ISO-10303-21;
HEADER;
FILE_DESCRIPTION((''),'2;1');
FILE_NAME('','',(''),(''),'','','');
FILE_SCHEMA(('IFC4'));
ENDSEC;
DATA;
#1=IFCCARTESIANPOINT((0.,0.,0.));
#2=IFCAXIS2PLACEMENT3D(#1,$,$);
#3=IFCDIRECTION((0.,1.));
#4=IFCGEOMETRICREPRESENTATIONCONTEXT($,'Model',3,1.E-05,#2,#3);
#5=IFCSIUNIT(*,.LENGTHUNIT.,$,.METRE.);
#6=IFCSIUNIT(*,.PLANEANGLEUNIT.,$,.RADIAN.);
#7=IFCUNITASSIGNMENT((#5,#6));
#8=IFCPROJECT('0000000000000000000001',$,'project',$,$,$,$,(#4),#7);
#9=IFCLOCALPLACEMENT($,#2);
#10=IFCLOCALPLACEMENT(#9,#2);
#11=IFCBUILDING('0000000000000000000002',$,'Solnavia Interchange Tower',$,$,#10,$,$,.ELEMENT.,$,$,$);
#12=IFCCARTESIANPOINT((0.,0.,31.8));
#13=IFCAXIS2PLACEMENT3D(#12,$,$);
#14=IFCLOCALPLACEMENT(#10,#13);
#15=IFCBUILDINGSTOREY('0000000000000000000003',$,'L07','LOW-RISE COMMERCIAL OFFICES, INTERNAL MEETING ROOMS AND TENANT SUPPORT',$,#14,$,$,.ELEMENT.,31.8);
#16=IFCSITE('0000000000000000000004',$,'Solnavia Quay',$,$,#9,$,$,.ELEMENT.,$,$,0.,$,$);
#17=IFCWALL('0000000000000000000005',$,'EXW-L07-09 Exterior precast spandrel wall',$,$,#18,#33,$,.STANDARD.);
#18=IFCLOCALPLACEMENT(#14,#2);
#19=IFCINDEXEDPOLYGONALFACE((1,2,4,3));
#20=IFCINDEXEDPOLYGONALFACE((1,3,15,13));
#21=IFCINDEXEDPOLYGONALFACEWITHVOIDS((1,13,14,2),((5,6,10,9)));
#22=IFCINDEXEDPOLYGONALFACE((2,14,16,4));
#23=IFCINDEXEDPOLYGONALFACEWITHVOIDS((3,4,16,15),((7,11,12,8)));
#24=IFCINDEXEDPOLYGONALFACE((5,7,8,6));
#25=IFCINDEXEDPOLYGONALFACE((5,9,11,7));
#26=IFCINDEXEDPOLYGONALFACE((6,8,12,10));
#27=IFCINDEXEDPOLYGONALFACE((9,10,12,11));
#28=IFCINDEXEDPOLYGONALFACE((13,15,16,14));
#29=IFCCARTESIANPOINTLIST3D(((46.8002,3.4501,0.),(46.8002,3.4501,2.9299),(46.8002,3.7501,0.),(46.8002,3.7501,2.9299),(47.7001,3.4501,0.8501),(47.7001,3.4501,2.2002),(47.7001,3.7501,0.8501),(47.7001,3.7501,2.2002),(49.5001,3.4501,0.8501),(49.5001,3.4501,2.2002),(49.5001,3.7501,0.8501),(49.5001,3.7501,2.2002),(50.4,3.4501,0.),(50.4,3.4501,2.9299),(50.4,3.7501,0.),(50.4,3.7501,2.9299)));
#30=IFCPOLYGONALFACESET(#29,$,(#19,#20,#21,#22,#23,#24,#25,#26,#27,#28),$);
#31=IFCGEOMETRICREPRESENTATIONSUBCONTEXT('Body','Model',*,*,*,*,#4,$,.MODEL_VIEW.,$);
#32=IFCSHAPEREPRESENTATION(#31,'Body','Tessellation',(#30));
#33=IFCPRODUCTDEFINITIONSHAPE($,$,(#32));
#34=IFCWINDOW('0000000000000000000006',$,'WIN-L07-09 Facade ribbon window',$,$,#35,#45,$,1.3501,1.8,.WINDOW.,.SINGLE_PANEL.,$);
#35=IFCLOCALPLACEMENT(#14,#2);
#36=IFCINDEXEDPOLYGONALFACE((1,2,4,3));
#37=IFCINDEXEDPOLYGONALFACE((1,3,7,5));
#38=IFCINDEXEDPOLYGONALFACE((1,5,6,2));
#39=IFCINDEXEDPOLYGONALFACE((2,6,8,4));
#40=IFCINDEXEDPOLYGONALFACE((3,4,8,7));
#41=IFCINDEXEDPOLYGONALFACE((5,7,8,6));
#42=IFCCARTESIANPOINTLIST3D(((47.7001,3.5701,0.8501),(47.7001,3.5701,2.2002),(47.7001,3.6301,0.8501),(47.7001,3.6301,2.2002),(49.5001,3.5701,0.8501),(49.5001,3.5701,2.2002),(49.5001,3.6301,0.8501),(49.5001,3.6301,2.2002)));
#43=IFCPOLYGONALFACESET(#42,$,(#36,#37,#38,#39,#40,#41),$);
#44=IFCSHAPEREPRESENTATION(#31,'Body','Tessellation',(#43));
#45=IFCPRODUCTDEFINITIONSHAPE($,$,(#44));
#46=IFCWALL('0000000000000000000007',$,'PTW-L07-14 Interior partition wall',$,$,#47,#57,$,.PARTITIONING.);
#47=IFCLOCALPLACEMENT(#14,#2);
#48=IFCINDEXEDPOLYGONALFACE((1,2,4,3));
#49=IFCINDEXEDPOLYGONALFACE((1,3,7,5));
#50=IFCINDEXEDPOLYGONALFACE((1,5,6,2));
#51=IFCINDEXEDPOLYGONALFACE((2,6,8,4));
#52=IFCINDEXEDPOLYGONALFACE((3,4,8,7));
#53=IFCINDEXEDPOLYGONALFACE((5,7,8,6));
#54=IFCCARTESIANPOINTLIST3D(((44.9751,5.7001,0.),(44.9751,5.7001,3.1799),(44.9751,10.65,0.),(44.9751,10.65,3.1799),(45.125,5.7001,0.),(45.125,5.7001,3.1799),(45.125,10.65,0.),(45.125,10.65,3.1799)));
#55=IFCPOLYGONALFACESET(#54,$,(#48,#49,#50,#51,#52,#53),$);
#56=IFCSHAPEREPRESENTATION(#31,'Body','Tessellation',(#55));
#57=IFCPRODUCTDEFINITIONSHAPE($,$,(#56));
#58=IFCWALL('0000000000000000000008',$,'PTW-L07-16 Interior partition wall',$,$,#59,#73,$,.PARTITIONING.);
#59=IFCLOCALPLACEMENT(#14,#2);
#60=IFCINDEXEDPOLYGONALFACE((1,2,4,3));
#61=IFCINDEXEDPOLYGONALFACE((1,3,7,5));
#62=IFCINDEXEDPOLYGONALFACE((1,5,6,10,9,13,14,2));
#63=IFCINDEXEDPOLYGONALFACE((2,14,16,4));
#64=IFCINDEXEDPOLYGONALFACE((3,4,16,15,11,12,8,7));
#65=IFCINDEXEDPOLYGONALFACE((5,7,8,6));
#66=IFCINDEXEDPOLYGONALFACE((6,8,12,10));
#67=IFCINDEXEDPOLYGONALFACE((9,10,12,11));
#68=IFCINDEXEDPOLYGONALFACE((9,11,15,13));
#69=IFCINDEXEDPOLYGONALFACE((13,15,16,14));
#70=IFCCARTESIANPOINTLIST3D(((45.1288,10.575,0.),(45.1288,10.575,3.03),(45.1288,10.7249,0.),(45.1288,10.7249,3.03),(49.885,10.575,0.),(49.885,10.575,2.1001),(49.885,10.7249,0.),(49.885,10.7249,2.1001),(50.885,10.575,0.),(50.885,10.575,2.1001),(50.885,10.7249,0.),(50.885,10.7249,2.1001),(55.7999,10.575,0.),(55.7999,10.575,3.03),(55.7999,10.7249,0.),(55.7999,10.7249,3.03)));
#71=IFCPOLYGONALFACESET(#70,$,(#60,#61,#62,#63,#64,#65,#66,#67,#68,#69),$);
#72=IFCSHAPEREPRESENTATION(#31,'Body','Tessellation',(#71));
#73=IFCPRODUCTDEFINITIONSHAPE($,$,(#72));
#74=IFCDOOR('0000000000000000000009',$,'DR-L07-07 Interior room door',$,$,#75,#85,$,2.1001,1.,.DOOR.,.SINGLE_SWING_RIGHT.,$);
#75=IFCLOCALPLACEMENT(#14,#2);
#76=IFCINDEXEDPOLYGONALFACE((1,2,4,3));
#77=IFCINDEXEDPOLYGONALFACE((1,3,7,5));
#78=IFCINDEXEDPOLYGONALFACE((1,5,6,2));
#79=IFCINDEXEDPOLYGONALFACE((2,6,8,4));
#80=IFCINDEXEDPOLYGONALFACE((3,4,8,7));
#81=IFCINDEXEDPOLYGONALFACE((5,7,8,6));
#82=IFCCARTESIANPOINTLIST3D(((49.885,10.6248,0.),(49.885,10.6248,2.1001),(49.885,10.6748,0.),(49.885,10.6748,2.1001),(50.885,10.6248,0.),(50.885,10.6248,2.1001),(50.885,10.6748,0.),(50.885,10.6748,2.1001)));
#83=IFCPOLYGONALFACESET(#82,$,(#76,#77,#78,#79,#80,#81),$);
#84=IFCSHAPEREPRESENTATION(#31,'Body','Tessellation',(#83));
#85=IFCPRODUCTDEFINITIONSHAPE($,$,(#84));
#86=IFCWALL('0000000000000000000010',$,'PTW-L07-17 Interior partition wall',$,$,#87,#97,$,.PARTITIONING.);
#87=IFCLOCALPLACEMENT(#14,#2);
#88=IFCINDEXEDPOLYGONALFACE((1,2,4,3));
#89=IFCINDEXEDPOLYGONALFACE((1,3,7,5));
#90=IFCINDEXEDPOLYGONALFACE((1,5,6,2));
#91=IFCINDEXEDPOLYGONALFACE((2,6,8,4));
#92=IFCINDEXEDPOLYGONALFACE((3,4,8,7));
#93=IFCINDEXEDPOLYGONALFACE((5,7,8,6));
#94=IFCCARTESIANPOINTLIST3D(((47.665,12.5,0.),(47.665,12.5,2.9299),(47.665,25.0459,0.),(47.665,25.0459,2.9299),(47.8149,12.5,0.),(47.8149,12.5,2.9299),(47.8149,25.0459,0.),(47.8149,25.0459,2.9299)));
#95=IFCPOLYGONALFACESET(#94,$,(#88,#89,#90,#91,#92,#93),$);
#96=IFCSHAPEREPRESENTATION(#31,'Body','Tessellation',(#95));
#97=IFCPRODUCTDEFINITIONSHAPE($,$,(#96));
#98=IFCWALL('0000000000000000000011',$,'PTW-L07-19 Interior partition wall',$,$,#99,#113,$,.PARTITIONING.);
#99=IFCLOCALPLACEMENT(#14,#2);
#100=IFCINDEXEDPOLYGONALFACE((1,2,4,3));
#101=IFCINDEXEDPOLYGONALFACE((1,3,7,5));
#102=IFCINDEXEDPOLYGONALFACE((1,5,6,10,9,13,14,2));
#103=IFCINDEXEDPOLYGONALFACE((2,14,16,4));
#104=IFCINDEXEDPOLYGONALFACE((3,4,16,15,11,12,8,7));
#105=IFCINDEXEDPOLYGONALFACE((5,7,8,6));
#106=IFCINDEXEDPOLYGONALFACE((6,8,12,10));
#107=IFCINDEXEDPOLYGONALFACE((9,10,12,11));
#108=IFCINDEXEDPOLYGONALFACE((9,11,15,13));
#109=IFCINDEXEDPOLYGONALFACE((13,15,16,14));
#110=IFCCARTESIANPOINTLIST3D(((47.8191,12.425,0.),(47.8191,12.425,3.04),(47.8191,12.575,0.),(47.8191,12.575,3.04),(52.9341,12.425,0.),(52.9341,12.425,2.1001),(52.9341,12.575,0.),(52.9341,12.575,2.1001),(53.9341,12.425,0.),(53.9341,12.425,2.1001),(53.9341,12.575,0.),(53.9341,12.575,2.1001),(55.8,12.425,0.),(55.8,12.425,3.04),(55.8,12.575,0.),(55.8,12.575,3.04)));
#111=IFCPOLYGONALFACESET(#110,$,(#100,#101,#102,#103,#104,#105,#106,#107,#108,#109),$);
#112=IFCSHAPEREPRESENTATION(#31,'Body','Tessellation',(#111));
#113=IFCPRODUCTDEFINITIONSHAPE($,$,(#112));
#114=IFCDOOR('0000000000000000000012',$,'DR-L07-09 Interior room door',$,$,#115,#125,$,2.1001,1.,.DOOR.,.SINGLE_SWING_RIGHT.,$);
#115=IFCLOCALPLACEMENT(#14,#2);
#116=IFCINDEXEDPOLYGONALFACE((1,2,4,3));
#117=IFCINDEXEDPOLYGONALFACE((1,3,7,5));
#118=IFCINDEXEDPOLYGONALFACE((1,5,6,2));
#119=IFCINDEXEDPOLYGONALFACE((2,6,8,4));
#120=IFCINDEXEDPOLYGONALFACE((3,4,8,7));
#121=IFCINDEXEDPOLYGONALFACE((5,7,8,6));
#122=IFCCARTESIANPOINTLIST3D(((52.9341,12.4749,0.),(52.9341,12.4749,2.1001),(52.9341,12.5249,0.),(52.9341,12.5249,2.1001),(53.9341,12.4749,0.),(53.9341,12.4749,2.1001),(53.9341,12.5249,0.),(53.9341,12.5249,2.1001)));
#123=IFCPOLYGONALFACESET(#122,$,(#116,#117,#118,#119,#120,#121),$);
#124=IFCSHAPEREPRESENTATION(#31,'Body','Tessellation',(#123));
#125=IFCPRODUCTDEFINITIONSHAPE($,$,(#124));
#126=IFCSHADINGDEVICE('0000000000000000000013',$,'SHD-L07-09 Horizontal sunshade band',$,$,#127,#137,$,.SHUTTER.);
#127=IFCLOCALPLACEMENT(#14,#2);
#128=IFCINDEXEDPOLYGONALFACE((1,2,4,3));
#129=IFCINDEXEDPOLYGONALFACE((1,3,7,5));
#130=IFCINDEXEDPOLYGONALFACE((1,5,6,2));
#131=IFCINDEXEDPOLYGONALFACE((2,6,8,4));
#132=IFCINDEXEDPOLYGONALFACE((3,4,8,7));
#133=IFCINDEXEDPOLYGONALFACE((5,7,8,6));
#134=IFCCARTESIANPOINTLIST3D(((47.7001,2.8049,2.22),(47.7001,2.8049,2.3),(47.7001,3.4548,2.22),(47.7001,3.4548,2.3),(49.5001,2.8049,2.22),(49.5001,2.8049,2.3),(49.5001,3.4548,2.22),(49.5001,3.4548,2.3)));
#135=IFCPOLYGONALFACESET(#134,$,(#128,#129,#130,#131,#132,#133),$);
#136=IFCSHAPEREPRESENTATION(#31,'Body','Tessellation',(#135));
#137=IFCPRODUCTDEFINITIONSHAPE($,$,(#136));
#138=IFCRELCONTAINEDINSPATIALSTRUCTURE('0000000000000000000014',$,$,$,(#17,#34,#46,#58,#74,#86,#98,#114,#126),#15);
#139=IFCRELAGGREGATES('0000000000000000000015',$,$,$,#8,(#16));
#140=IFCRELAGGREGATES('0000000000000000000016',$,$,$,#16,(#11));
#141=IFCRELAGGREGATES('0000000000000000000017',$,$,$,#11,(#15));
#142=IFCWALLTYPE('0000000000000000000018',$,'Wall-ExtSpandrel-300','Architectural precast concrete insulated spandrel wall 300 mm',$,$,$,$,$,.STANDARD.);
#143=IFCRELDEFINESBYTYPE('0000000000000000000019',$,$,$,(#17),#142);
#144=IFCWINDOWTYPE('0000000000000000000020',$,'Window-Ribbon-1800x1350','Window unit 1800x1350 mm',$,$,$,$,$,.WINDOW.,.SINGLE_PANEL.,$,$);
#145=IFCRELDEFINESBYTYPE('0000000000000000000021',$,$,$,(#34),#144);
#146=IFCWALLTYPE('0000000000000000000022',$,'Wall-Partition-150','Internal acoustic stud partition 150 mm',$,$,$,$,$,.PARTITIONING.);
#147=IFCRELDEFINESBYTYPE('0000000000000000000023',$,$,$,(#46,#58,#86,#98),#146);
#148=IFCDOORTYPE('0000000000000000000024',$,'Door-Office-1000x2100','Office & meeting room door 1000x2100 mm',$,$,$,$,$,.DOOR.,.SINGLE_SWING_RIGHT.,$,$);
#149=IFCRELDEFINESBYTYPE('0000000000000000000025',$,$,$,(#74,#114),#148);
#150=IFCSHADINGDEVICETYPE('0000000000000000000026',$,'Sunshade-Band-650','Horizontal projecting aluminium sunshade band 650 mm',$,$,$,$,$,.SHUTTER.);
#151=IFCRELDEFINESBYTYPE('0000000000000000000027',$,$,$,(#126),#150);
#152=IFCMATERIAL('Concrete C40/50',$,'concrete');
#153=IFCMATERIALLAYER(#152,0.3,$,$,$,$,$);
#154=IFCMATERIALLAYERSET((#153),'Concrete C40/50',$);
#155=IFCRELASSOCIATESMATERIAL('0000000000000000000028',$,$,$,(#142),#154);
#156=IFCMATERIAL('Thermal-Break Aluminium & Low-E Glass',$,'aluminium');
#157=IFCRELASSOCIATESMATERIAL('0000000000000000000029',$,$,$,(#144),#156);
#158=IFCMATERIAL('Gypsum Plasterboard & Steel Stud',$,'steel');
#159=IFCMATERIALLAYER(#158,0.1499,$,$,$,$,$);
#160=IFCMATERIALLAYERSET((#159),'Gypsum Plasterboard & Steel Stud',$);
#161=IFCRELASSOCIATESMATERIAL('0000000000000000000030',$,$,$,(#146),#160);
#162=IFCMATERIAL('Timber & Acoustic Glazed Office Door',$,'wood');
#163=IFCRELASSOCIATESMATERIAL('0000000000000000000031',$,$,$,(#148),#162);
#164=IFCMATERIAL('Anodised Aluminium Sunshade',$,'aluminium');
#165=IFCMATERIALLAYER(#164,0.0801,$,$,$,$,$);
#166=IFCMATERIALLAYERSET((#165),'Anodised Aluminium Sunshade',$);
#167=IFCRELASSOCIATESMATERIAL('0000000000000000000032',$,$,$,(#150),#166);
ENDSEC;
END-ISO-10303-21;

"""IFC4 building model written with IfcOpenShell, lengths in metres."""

from ifc_helpers import new_model, si_unit, direction, frame, frame_2d, origin, origin_2d, place, context, subcontext, project, spatial, rectangle, extrude, material, layer, layer_set, type_object, element, fill, save


model = new_model("IFC4")

# Units and contexts
model_context = context("Model", 3, precision=1e-05, world=origin(), true_north=direction((0.0, 1.0)))
body_context = subcontext(model_context, "Body", "Model", "MODEL_VIEW")
ifc_project = project(units=[si_unit("LENGTHUNIT", "METRE"), si_unit("PLANEANGLEUNIT", "RADIAN")], contexts=[model_context])

# Site, building, storey
site_placement = place(None, origin())
site = spatial("IfcSite", under=ifc_project, at=site_placement, Name="Solnavia Quay", CompositionType="ELEMENT", RefElevation=0.0)
building_placement = place(site_placement, origin())
building = spatial("IfcBuilding", under=site, at=building_placement, Name="Solnavia Interchange Tower", CompositionType="ELEMENT")
storey_placement = place(building_placement, frame((0.0, 0.0, 31.8)))
storey = spatial("IfcBuildingStorey", under=building, at=storey_placement, Name="L07", Description="LOW-RISE COMMERCIAL OFFICES, INTERNAL MEETING ROOMS AND TENANT SUPPORT", CompositionType="ELEMENT", Elevation=31.8)

# Wall, opening, window
ifc_material_1 = material(Name="Concrete C40/50", Category="concrete")
ifc_layer_1 = layer(ifc_material_1, 0.3)
ifc_layer_set_1 = layer_set([ifc_layer_1], Name="Concrete C40/50")
wall_type_1 = type_object("IfcWallType", Name="Wall-ExtSpandrel-300", Description="Architectural precast concrete insulated spandrel wall 300 mm", PredefinedType="STANDARD", material=ifc_layer_set_1)
ifc_material_2 = material(Name="Thermal-Break Aluminium & Low-E Glass", Category="aluminium")
window_type = type_object("IfcWindowType", Name="Window-Ribbon-1800x1350", Description="Window unit 1800x1350 mm", PartitioningType="SINGLE_PANEL", PredefinedType="WINDOW", material=ifc_material_2)
wall_1_placement = place(storey_placement, frame((50.3999, 3.6001, 0.0), z_axis=(0.0, 0.0, 1.0), x_axis=(-1.0, 0.0, 0.0)))
wall_1 = element("IfcWall", 1, at=wall_1_placement, inside=storey, type_object=wall_type_1, Name="EXW-L07-09 Exterior precast spandrel wall", PredefinedType="STANDARD", context=body_context, shape_type="SweptSolid", body=[
    extrude(rectangle(XDim=3.5999, YDim=0.3, at=frame_2d((1.7998, 0.0))), origin(), (0.0, 0.0, 1.0), 2.9299),
])
opening_1_placement = place(wall_1_placement, frame((0.8999, 0.0, 0.8501)))
opening_1 = element("IfcOpeningElement", 2, at=opening_1_placement, cuts=wall_1, PredefinedType="OPENING", context=body_context, shape_type="SweptSolid", body=[
    extrude(rectangle(XDim=1.8, YDim=1.3501, at=frame_2d((0.8999, 0.675))), frame((0.0, 0.1602, 0.0), z_axis=(0.0, -1.0, 0.0), x_axis=(1.0, 0.0, 0.0)), (0.0, 0.0, 1.0), 0.3201),
])
window_1_placement = place(opening_1_placement, origin())
window_1 = element("IfcWindow", 3, at=window_1_placement, inside=storey, type_object=window_type, Name="WIN-L07-09 Facade ribbon window", OverallHeight=1.3501, OverallWidth=1.8, PartitioningType="SINGLE_PANEL", PredefinedType="WINDOW", context=body_context, shape_type="SweptSolid", body=[
    extrude(rectangle(XDim=1.8, YDim=1.3501, at=frame_2d((0.8999, 0.675))), frame((0.0, 0.03, 0.0), z_axis=(0.0, -1.0, 0.0), x_axis=(1.0, 0.0, 0.0)), (0.0, 0.0, 1.0), 0.0601),
])
fill(opening_1, window_1)

# Wall
ifc_material_3 = material(Name="Gypsum Plasterboard & Steel Stud", Category="steel")
ifc_layer_2 = layer(ifc_material_3, 0.1499)
ifc_layer_set_2 = layer_set([ifc_layer_2], Name="Gypsum Plasterboard & Steel Stud")
wall_type_2 = type_object("IfcWallType", Name="Wall-Partition-150", Description="Internal acoustic stud partition 150 mm", PredefinedType="PARTITIONING", material=ifc_layer_set_2)
wall_2_placement = place(storey_placement, frame((45.05, 5.7, 0.0), z_axis=(0.0, 0.0, 1.0), x_axis=(0.0, 1.0, 0.0)))
element("IfcWall", 4, at=wall_2_placement, inside=storey, type_object=wall_type_2, Name="PTW-L07-14 Interior partition wall", PredefinedType="PARTITIONING", context=body_context, shape_type="SweptSolid", body=[
    extrude(rectangle(XDim=4.95, YDim=0.1499, at=frame_2d((2.4751, 0.0))), origin(), (0.0, 0.0, 1.0), 3.1799),
])

# Wall, opening, door
wall_3_placement = place(storey_placement, frame((45.1289, 10.6499, 0.0), z_axis=(0.0, 0.0, 1.0), x_axis=(1.0, 0.0, 0.0)))
wall_3 = element("IfcWall", 5, at=wall_3_placement, inside=storey, type_object=wall_type_2, Name="PTW-L07-16 Interior partition wall", PredefinedType="PARTITIONING", context=body_context, shape_type="SweptSolid", body=[
    extrude(rectangle(XDim=10.6711, YDim=0.1499, at=frame_2d((5.3354, 0.0))), origin(), (0.0, 0.0, 1.0), 3.03),
])
opening_2_placement = place(wall_3_placement, frame((4.7561, 0.0, 0.0)))
opening_2 = element("IfcOpeningElement", 6, at=opening_2_placement, cuts=wall_3, PredefinedType="OPENING", context=body_context, shape_type="SweptSolid", body=[
    extrude(rectangle(XDim=1.0, YDim=2.1001, at=frame_2d((0.5, 1.05))), frame((0.0, 0.085, 0.0), z_axis=(0.0, -1.0, 0.0), x_axis=(1.0, 0.0, 0.0)), (0.0, 0.0, 1.0), 0.1699),
])
ifc_material_4 = material(Name="Timber & Acoustic Glazed Office Door", Category="wood")
door_type = type_object("IfcDoorType", Name="Door-Office-1000x2100", Description="Office & meeting room door 1000x2100 mm", OperationType="SINGLE_SWING_RIGHT", PredefinedType="DOOR", material=ifc_material_4)
door_1_placement = place(opening_2_placement, origin())
door_1 = element("IfcDoor", 7, at=door_1_placement, inside=storey, type_object=door_type, Name="DR-L07-07 Interior room door", OperationType="SINGLE_SWING_RIGHT", OverallHeight=2.1001, OverallWidth=1.0, PredefinedType="DOOR", context=body_context, shape_type="SweptSolid", body=[
    extrude(rectangle(XDim=1.0, YDim=2.1001, at=frame_2d((0.5, 1.05))), frame((0.0, 0.0249, 0.0), z_axis=(0.0, -1.0, 0.0), x_axis=(1.0, 0.0, 0.0)), (0.0, 0.0, 1.0), 0.05),
])
fill(opening_2, door_1)

# Wall
wall_4_placement = place(storey_placement, frame((47.74, 12.5, 0.0), z_axis=(0.0, 0.0, 1.0), x_axis=(0.0, 1.0, 0.0)))
element("IfcWall", 8, at=wall_4_placement, inside=storey, type_object=wall_type_2, Name="PTW-L07-17 Interior partition wall", PredefinedType="PARTITIONING", context=body_context, shape_type="SweptSolid", body=[
    extrude(rectangle(XDim=12.5459, YDim=0.1499, at=frame_2d((6.2729, 0.0))), origin(), (0.0, 0.0, 1.0), 2.9299),
])

# Wall, opening, door
wall_5_placement = place(storey_placement, frame((47.8191, 12.5, 0.0), z_axis=(0.0, 0.0, 1.0), x_axis=(1.0, 0.0, 0.0)))
wall_5 = element("IfcWall", 9, at=wall_5_placement, inside=storey, type_object=wall_type_2, Name="PTW-L07-19 Interior partition wall", PredefinedType="PARTITIONING", context=body_context, shape_type="SweptSolid", body=[
    extrude(rectangle(XDim=7.981, YDim=0.1499, at=frame_2d((3.9905, 0.0))), origin(), (0.0, 0.0, 1.0), 3.04),
])
opening_3_placement = place(wall_5_placement, frame((5.115, 0.0, 0.0)))
opening_3 = element("IfcOpeningElement", 10, at=opening_3_placement, cuts=wall_5, PredefinedType="OPENING", context=body_context, shape_type="SweptSolid", body=[
    extrude(rectangle(XDim=1.0, YDim=2.1001, at=frame_2d((0.5, 1.05))), frame((0.0, 0.085, 0.0), z_axis=(0.0, -1.0, 0.0), x_axis=(1.0, 0.0, 0.0)), (0.0, 0.0, 1.0), 0.1699),
])
door_2_placement = place(opening_3_placement, origin())
door_2 = element("IfcDoor", 11, at=door_2_placement, inside=storey, type_object=door_type, Name="DR-L07-09 Interior room door", OperationType="SINGLE_SWING_RIGHT", OverallHeight=2.1001, OverallWidth=1.0, PredefinedType="DOOR", context=body_context, shape_type="SweptSolid", body=[
    extrude(rectangle(XDim=1.0, YDim=2.1001, at=frame_2d((0.5, 1.05))), frame((0.0, 0.0249, 0.0), z_axis=(0.0, -1.0, 0.0), x_axis=(1.0, 0.0, 0.0)), (0.0, 0.0, 1.0), 0.05),
])
fill(opening_3, door_2)

# Shading device
ifc_material_5 = material(Name="Anodised Aluminium Sunshade", Category="aluminium")
ifc_layer_3 = layer(ifc_material_5, 0.0801)
ifc_layer_set_3 = layer_set([ifc_layer_3], Name="Anodised Aluminium Sunshade")
shading_device_type = type_object("IfcShadingDeviceType", Name="Sunshade-Band-650", Description="Horizontal projecting aluminium sunshade band 650 mm", PredefinedType="SHUTTER", material=ifc_layer_set_3)
shading_device_placement = place(storey_placement, frame((48.6001, 3.1299, 2.22), z_axis=(0.0, 0.0, 1.0), x_axis=(-1.0, 0.0, 0.0)))
element("IfcShadingDevice", 12, at=shading_device_placement, inside=storey, type_object=shading_device_type, Name="SHD-L07-09 Horizontal sunshade band", PredefinedType="SHUTTER", context=body_context, shape_type="SweptSolid", body=[
    extrude(rectangle(XDim=1.8, YDim=0.6499, at=origin_2d()), origin(), (0.0, 0.0, 1.0), 0.0801),
])

save(model, "model.ifc")
